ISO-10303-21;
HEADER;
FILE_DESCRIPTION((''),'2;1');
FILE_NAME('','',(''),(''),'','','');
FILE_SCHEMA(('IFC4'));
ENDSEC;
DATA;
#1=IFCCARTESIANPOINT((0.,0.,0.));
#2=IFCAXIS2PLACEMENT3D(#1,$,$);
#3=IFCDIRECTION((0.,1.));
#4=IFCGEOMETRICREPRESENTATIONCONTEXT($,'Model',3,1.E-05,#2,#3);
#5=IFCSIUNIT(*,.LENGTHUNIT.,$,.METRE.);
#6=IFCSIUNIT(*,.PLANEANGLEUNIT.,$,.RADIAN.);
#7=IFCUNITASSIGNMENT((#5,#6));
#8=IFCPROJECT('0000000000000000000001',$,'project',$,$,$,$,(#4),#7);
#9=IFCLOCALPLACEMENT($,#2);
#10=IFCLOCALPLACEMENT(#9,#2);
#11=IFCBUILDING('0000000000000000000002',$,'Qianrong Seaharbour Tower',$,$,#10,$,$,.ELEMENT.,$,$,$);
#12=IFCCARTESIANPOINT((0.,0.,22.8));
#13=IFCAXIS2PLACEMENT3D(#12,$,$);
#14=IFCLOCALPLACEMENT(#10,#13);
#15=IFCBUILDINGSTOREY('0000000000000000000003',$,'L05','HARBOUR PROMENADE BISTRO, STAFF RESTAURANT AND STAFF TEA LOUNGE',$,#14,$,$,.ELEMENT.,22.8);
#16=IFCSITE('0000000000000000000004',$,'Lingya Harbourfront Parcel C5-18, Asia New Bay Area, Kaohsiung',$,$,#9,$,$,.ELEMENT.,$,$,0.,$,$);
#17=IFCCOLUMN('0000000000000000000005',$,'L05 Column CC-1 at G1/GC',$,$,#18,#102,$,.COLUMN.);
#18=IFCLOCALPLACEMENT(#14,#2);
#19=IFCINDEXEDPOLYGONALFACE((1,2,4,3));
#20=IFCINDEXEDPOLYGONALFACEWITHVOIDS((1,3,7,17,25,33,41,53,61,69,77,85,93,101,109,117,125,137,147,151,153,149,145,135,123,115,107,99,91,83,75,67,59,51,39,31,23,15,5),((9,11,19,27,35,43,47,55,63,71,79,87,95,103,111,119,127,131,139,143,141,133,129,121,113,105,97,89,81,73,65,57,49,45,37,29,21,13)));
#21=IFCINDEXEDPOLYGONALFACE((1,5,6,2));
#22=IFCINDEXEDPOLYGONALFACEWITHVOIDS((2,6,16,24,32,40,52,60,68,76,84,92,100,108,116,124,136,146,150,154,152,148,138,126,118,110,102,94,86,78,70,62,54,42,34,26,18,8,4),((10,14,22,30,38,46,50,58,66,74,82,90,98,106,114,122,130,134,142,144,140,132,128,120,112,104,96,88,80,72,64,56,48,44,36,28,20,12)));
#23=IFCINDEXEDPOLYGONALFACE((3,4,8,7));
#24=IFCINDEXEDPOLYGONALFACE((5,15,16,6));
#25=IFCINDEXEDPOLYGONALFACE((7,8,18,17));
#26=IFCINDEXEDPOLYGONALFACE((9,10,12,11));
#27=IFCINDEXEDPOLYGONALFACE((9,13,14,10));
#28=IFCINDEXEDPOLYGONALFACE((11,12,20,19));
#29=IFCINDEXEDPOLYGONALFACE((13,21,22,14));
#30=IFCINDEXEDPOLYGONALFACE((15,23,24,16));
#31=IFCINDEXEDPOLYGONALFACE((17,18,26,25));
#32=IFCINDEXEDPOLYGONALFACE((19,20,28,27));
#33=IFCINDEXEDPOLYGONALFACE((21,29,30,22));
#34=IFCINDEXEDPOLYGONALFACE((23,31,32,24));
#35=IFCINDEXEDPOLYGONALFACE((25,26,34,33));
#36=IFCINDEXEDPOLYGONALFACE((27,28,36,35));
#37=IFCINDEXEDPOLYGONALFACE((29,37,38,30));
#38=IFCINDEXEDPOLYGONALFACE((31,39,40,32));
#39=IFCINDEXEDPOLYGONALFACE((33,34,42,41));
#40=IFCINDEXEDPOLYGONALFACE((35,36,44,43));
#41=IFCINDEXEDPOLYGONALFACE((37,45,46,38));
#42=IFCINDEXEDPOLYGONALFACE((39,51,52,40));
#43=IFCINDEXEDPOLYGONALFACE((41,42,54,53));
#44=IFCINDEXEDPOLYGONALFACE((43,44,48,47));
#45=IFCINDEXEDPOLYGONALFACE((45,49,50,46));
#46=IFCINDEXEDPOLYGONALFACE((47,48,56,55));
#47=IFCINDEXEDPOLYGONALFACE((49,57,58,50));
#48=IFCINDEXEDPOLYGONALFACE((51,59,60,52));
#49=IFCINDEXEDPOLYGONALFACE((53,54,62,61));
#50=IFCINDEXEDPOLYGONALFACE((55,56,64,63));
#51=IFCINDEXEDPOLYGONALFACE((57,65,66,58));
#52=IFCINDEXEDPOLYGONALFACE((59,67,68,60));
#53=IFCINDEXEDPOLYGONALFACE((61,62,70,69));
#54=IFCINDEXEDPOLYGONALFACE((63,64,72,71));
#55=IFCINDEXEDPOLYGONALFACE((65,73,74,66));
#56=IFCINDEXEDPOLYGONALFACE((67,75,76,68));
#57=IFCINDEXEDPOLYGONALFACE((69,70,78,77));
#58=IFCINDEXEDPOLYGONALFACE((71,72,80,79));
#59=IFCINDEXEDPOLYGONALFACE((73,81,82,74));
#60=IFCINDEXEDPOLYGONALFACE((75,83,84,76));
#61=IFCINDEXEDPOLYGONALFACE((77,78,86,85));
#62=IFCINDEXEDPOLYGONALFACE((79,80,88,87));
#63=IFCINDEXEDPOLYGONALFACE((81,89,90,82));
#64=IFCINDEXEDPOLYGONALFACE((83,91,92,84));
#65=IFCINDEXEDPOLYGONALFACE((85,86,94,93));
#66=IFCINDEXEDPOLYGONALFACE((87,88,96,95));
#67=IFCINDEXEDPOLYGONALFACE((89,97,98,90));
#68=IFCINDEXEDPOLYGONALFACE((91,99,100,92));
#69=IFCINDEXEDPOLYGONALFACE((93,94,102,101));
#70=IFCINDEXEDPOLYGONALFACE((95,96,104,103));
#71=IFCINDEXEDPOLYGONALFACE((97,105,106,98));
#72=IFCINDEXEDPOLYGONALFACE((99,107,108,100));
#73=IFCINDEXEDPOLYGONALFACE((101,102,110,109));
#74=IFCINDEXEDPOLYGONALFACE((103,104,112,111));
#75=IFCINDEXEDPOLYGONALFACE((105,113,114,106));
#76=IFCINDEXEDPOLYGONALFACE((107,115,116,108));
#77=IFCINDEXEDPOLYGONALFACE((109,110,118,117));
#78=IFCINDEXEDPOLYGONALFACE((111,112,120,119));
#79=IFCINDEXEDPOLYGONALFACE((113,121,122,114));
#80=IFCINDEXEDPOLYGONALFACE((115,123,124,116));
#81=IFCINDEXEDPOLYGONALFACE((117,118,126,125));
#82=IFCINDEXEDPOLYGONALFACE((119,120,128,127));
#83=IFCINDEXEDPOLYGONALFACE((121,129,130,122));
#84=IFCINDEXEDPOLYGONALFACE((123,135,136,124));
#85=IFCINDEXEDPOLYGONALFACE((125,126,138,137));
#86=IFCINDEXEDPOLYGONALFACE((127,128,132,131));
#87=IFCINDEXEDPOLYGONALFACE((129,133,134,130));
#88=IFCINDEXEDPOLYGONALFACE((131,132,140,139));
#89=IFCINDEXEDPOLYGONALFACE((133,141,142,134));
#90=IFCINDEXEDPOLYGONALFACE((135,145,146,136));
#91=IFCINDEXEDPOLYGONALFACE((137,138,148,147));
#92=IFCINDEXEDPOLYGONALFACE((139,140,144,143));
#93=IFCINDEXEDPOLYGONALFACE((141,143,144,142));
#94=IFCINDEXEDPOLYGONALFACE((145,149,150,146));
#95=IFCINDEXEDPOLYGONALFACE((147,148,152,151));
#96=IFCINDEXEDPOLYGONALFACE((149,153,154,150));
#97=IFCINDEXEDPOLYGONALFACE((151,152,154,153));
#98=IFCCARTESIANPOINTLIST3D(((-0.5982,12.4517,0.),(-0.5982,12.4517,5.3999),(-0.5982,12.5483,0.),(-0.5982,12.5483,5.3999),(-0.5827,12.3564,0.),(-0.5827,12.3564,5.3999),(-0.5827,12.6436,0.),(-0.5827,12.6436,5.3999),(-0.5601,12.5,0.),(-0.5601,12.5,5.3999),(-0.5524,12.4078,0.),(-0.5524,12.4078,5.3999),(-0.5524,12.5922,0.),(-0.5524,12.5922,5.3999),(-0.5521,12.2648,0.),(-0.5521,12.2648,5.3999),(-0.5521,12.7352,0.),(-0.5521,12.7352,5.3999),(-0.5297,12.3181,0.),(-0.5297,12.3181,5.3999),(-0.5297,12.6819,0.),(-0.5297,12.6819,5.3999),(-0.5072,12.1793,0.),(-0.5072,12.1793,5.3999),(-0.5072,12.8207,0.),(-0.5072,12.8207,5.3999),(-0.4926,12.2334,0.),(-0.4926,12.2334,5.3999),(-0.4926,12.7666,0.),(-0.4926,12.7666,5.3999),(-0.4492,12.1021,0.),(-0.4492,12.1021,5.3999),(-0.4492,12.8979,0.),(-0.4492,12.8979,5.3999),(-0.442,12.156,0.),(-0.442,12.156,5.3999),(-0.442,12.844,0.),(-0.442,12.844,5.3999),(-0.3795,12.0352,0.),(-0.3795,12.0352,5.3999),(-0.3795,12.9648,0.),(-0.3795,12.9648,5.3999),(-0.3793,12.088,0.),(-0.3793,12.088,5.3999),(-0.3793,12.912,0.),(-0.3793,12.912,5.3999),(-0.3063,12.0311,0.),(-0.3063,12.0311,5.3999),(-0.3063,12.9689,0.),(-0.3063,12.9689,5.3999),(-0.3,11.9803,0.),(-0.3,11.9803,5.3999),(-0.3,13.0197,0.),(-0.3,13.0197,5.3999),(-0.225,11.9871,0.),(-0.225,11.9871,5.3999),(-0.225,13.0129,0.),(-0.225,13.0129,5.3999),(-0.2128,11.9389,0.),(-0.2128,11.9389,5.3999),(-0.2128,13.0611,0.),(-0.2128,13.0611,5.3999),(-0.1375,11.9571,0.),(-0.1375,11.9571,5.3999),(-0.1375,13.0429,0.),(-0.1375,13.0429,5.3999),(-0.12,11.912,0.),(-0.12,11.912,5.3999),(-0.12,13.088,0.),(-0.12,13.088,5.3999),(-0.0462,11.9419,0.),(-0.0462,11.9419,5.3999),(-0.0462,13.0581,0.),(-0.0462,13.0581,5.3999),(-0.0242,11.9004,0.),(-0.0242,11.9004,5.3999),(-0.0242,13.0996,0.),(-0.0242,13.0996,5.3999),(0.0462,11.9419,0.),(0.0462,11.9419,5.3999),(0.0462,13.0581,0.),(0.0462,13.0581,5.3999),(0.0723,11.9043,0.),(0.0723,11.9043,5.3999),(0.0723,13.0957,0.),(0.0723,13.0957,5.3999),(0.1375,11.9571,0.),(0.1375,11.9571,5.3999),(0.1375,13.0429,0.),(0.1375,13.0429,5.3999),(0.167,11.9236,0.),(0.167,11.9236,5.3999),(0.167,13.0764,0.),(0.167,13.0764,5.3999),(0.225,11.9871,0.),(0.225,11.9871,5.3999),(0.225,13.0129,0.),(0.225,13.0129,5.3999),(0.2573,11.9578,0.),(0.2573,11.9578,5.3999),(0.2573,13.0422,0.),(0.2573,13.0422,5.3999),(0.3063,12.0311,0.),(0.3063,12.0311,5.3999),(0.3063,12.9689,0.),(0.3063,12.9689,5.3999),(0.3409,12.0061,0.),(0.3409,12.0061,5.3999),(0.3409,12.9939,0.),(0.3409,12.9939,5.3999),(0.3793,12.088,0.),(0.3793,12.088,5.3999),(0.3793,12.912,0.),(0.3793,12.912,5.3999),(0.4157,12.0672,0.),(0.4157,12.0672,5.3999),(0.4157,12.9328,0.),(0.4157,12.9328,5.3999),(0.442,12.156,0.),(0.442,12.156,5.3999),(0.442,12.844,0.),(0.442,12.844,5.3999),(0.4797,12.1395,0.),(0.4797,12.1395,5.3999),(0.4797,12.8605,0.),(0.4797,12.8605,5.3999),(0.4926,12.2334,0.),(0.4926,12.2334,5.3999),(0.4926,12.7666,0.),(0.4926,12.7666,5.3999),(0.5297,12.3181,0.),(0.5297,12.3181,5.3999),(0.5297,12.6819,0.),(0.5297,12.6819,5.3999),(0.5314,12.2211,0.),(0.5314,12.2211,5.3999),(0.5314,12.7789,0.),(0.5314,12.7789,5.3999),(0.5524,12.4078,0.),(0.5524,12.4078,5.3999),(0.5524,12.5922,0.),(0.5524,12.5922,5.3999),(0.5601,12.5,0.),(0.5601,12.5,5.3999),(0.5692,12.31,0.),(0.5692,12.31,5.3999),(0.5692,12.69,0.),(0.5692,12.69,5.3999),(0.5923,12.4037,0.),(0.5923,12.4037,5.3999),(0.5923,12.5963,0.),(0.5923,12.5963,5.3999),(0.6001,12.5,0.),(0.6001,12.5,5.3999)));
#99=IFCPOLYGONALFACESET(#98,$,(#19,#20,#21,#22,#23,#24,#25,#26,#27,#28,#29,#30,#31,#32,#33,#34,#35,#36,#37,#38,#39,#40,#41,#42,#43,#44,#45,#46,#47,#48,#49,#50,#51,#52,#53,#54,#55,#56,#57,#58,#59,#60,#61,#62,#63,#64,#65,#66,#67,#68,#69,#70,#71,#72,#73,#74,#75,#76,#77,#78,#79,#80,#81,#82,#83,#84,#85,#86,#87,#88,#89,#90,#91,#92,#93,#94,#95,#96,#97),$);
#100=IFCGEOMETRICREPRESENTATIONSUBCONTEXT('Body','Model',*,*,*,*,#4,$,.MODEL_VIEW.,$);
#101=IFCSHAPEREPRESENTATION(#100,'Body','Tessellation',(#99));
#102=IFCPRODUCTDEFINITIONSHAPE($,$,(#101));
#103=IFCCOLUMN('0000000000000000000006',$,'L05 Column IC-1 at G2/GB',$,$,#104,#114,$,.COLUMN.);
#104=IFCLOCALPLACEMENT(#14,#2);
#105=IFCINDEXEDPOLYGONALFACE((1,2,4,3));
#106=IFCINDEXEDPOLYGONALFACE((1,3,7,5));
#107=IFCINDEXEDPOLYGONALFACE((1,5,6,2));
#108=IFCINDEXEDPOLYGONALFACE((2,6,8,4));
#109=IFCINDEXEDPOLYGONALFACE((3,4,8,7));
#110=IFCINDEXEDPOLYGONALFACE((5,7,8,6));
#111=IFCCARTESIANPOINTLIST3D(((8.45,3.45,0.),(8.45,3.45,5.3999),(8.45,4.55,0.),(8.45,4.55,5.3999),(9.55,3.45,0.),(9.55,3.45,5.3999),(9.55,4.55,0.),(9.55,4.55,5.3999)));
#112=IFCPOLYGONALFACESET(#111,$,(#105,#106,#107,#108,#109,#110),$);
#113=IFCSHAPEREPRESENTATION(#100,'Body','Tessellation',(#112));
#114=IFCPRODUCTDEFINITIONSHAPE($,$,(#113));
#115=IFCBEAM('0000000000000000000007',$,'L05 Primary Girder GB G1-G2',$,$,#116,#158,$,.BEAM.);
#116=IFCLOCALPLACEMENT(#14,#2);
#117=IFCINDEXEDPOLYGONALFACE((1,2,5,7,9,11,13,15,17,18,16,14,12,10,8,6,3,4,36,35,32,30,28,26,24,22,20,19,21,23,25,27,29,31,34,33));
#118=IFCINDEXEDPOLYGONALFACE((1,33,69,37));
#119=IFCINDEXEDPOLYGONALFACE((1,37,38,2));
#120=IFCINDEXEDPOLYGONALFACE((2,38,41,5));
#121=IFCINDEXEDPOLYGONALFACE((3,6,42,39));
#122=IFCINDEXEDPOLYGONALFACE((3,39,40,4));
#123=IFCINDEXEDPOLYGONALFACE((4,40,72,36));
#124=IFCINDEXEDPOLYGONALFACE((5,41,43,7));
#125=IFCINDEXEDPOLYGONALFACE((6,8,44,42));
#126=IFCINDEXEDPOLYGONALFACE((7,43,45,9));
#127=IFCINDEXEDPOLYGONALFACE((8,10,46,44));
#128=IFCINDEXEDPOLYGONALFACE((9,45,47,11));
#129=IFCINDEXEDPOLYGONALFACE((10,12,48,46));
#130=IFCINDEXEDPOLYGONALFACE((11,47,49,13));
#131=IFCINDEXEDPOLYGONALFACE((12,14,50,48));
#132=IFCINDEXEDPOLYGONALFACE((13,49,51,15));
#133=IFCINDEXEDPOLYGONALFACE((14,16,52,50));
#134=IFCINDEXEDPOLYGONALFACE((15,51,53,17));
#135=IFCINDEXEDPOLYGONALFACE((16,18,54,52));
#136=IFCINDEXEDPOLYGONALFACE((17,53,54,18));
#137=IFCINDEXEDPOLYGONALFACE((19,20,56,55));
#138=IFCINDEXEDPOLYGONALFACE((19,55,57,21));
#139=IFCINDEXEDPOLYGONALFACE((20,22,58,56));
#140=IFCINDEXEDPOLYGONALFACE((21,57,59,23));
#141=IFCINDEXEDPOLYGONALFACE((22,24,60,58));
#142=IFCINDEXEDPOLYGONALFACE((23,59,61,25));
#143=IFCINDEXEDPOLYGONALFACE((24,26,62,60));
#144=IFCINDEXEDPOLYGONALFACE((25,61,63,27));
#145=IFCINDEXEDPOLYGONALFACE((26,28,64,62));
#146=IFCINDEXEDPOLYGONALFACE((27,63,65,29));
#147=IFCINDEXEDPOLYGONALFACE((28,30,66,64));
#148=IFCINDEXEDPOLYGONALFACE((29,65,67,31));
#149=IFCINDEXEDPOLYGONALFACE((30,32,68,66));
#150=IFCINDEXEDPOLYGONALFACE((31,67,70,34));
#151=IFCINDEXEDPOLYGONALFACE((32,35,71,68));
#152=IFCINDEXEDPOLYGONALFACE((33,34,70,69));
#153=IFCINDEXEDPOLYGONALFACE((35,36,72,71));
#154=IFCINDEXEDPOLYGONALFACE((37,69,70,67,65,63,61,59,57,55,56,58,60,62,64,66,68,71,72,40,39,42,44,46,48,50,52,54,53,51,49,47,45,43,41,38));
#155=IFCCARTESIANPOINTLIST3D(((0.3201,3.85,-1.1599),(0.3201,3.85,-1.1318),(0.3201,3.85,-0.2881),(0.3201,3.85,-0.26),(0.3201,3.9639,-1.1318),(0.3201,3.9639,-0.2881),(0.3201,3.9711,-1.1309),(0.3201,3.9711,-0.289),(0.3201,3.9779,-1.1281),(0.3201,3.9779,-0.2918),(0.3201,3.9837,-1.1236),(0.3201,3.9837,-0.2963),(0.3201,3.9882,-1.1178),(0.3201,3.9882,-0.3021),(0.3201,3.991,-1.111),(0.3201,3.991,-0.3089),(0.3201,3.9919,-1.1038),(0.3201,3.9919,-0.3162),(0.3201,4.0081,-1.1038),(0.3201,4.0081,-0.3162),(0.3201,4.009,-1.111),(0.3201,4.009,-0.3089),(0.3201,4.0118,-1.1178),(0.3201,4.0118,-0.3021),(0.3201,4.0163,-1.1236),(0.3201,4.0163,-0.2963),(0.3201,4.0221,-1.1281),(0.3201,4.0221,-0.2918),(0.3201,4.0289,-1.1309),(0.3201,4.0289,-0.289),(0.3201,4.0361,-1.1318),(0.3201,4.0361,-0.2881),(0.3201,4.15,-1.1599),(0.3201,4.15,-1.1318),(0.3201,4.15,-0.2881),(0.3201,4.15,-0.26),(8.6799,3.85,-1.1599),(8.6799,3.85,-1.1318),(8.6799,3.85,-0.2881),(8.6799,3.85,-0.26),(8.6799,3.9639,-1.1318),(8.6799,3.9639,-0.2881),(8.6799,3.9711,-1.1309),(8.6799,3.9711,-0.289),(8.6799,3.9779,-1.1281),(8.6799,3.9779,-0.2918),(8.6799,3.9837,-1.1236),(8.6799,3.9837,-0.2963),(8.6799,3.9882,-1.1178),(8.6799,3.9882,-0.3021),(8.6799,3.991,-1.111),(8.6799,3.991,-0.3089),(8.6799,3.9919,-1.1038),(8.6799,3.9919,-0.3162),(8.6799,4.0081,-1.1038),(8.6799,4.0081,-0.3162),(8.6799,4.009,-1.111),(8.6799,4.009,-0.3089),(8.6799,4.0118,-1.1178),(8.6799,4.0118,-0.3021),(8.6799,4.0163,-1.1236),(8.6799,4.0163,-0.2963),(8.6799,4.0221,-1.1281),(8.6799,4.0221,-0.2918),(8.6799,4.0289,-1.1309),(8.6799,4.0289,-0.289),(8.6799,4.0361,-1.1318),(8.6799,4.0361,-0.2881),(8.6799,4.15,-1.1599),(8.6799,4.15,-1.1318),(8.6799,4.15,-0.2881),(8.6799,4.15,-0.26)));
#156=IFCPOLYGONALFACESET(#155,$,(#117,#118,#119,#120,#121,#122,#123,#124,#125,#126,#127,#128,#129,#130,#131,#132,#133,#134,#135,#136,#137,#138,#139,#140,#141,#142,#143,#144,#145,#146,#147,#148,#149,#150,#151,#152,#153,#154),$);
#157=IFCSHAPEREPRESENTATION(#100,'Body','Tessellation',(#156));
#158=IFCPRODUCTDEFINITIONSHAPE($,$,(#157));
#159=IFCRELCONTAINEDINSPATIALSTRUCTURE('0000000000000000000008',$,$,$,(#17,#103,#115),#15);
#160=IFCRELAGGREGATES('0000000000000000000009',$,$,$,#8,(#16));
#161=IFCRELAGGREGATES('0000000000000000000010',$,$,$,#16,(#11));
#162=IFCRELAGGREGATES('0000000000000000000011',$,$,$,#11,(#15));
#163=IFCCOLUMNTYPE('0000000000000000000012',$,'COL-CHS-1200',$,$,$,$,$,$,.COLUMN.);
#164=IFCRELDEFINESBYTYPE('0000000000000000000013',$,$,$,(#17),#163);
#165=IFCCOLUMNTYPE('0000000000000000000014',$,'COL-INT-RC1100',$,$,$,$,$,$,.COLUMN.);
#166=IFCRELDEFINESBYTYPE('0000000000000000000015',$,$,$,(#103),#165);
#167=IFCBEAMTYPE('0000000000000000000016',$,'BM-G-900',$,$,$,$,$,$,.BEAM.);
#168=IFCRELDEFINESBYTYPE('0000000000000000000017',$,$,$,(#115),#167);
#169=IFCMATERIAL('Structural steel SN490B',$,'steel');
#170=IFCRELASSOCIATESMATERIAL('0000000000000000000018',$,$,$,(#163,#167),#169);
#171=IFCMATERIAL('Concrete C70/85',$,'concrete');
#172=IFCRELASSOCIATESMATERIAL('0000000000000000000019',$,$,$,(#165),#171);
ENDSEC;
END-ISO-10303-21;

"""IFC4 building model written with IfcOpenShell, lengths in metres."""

from ifc_helpers import new_model, si_unit, direction, frame, origin, origin_2d, place, context, subcontext, project, spatial, rectangle, hollow_circle, i_section, extrude, material, material_profile, profile_set, type_object, element, save


model = new_model("IFC4")

# Units and contexts
model_context = context("Model", 3, precision=1e-05, world=origin(), true_north=direction((0.0, 1.0)))
body_context = subcontext(model_context, "Body", "Model", "MODEL_VIEW")
ifc_project = project(units=[si_unit("LENGTHUNIT", "METRE"), si_unit("PLANEANGLEUNIT", "RADIAN")], contexts=[model_context])

# Site, building, storey
site_placement = place(None, origin())
site = spatial("IfcSite", under=ifc_project, at=site_placement, Name="Lingya Harbourfront Parcel C5-18, Asia New Bay Area, Kaohsiung", CompositionType="ELEMENT", RefElevation=0.0)
building_placement = place(site_placement, origin())
building = spatial("IfcBuilding", under=site, at=building_placement, Name="Qianrong Seaharbour Tower", CompositionType="ELEMENT")
storey_placement = place(building_placement, frame((0.0, 0.0, 22.8)))
storey = spatial("IfcBuildingStorey", under=building, at=storey_placement, Name="L05", Description="HARBOUR PROMENADE BISTRO, STAFF RESTAURANT AND STAFF TEA LOUNGE", CompositionType="ELEMENT", Elevation=22.8)

# Columns
ifc_material_1 = material(Name="Structural steel SN490B", Category="steel")
ifc_material_profile_1 = material_profile(ifc_material_1, hollow_circle(Radius=0.6001, WallThickness=0.04, at=origin_2d()), Name="CHS1200x40")
ifc_profile_set_1 = profile_set([ifc_material_profile_1], Name="Structural steel SN490B")
column_type_1 = type_object("IfcColumnType", Name="COL-CHS-1200", PredefinedType="COLUMN", material=ifc_profile_set_1)
column_1_placement = place(storey_placement, frame((0.0, 12.5, 0.0), z_axis=(0.0, 0.0, 1.0), x_axis=(1.0, 0.0, 0.0)))
element("IfcColumn", 1, at=column_1_placement, inside=storey, type_object=column_type_1, Name="L05 Column CC-1 at G1/GC", PredefinedType="COLUMN", context=body_context, shape_type="SweptSolid", body=[
    extrude(hollow_circle(Radius=0.6001, WallThickness=0.04, at=origin_2d()), origin(), (0.0, 0.0, 1.0), 5.3999),
])
ifc_material_2 = material(Name="Concrete C70/85", Category="concrete")
ifc_material_profile_2 = material_profile(ifc_material_2, rectangle(XDim=1.1001, YDim=1.1001, at=origin_2d()), Name="RC1100x1100")
ifc_profile_set_2 = profile_set([ifc_material_profile_2], Name="Concrete C70/85")
column_type_2 = type_object("IfcColumnType", Name="COL-INT-RC1100", PredefinedType="COLUMN", material=ifc_profile_set_2)
column_2_placement = place(storey_placement, frame((9.0, 4.0, 0.0), z_axis=(0.0, 0.0, 1.0), x_axis=(1.0, 0.0, 0.0)))
element("IfcColumn", 2, at=column_2_placement, inside=storey, type_object=column_type_2, Name="L05 Column IC-1 at G2/GB", PredefinedType="COLUMN", context=body_context, shape_type="SweptSolid", body=[
    extrude(rectangle(XDim=1.1001, YDim=1.1001, at=origin_2d()), origin(), (0.0, 0.0, 1.0), 5.3999),
])

# Beam
ifc_material_profile_3 = material_profile(ifc_material_1, i_section(OverallWidth=0.3, OverallDepth=0.8999, WebThickness=0.0161, FlangeThickness=0.0281, FilletRadius=0.0281, at=origin_2d()), Name="H900x300x16x28")
ifc_profile_set_3 = profile_set([ifc_material_profile_3], Name="Structural steel SN490B")
beam_type_1 = type_object("IfcBeamType", Name="BM-G-900", PredefinedType="BEAM", material=ifc_profile_set_3)
beam_1_placement = place(storey_placement, frame((0.3201, 4.0, -0.71), z_axis=(1.0, 0.0, 0.0), x_axis=(0.0, 1.0, 0.0)))
element("IfcBeam", 3, at=beam_1_placement, inside=storey, type_object=beam_type_1, Name="L05 Primary Girder GB G1-G2", PredefinedType="BEAM", context=body_context, shape_type="SweptSolid", body=[
    extrude(i_section(OverallWidth=0.3, OverallDepth=0.8999, WebThickness=0.0161, FlangeThickness=0.0281, FilletRadius=0.0281, at=origin_2d()), origin(), (0.0, 0.0, 1.0), 8.3599),
])

save(model, "model.ifc")
